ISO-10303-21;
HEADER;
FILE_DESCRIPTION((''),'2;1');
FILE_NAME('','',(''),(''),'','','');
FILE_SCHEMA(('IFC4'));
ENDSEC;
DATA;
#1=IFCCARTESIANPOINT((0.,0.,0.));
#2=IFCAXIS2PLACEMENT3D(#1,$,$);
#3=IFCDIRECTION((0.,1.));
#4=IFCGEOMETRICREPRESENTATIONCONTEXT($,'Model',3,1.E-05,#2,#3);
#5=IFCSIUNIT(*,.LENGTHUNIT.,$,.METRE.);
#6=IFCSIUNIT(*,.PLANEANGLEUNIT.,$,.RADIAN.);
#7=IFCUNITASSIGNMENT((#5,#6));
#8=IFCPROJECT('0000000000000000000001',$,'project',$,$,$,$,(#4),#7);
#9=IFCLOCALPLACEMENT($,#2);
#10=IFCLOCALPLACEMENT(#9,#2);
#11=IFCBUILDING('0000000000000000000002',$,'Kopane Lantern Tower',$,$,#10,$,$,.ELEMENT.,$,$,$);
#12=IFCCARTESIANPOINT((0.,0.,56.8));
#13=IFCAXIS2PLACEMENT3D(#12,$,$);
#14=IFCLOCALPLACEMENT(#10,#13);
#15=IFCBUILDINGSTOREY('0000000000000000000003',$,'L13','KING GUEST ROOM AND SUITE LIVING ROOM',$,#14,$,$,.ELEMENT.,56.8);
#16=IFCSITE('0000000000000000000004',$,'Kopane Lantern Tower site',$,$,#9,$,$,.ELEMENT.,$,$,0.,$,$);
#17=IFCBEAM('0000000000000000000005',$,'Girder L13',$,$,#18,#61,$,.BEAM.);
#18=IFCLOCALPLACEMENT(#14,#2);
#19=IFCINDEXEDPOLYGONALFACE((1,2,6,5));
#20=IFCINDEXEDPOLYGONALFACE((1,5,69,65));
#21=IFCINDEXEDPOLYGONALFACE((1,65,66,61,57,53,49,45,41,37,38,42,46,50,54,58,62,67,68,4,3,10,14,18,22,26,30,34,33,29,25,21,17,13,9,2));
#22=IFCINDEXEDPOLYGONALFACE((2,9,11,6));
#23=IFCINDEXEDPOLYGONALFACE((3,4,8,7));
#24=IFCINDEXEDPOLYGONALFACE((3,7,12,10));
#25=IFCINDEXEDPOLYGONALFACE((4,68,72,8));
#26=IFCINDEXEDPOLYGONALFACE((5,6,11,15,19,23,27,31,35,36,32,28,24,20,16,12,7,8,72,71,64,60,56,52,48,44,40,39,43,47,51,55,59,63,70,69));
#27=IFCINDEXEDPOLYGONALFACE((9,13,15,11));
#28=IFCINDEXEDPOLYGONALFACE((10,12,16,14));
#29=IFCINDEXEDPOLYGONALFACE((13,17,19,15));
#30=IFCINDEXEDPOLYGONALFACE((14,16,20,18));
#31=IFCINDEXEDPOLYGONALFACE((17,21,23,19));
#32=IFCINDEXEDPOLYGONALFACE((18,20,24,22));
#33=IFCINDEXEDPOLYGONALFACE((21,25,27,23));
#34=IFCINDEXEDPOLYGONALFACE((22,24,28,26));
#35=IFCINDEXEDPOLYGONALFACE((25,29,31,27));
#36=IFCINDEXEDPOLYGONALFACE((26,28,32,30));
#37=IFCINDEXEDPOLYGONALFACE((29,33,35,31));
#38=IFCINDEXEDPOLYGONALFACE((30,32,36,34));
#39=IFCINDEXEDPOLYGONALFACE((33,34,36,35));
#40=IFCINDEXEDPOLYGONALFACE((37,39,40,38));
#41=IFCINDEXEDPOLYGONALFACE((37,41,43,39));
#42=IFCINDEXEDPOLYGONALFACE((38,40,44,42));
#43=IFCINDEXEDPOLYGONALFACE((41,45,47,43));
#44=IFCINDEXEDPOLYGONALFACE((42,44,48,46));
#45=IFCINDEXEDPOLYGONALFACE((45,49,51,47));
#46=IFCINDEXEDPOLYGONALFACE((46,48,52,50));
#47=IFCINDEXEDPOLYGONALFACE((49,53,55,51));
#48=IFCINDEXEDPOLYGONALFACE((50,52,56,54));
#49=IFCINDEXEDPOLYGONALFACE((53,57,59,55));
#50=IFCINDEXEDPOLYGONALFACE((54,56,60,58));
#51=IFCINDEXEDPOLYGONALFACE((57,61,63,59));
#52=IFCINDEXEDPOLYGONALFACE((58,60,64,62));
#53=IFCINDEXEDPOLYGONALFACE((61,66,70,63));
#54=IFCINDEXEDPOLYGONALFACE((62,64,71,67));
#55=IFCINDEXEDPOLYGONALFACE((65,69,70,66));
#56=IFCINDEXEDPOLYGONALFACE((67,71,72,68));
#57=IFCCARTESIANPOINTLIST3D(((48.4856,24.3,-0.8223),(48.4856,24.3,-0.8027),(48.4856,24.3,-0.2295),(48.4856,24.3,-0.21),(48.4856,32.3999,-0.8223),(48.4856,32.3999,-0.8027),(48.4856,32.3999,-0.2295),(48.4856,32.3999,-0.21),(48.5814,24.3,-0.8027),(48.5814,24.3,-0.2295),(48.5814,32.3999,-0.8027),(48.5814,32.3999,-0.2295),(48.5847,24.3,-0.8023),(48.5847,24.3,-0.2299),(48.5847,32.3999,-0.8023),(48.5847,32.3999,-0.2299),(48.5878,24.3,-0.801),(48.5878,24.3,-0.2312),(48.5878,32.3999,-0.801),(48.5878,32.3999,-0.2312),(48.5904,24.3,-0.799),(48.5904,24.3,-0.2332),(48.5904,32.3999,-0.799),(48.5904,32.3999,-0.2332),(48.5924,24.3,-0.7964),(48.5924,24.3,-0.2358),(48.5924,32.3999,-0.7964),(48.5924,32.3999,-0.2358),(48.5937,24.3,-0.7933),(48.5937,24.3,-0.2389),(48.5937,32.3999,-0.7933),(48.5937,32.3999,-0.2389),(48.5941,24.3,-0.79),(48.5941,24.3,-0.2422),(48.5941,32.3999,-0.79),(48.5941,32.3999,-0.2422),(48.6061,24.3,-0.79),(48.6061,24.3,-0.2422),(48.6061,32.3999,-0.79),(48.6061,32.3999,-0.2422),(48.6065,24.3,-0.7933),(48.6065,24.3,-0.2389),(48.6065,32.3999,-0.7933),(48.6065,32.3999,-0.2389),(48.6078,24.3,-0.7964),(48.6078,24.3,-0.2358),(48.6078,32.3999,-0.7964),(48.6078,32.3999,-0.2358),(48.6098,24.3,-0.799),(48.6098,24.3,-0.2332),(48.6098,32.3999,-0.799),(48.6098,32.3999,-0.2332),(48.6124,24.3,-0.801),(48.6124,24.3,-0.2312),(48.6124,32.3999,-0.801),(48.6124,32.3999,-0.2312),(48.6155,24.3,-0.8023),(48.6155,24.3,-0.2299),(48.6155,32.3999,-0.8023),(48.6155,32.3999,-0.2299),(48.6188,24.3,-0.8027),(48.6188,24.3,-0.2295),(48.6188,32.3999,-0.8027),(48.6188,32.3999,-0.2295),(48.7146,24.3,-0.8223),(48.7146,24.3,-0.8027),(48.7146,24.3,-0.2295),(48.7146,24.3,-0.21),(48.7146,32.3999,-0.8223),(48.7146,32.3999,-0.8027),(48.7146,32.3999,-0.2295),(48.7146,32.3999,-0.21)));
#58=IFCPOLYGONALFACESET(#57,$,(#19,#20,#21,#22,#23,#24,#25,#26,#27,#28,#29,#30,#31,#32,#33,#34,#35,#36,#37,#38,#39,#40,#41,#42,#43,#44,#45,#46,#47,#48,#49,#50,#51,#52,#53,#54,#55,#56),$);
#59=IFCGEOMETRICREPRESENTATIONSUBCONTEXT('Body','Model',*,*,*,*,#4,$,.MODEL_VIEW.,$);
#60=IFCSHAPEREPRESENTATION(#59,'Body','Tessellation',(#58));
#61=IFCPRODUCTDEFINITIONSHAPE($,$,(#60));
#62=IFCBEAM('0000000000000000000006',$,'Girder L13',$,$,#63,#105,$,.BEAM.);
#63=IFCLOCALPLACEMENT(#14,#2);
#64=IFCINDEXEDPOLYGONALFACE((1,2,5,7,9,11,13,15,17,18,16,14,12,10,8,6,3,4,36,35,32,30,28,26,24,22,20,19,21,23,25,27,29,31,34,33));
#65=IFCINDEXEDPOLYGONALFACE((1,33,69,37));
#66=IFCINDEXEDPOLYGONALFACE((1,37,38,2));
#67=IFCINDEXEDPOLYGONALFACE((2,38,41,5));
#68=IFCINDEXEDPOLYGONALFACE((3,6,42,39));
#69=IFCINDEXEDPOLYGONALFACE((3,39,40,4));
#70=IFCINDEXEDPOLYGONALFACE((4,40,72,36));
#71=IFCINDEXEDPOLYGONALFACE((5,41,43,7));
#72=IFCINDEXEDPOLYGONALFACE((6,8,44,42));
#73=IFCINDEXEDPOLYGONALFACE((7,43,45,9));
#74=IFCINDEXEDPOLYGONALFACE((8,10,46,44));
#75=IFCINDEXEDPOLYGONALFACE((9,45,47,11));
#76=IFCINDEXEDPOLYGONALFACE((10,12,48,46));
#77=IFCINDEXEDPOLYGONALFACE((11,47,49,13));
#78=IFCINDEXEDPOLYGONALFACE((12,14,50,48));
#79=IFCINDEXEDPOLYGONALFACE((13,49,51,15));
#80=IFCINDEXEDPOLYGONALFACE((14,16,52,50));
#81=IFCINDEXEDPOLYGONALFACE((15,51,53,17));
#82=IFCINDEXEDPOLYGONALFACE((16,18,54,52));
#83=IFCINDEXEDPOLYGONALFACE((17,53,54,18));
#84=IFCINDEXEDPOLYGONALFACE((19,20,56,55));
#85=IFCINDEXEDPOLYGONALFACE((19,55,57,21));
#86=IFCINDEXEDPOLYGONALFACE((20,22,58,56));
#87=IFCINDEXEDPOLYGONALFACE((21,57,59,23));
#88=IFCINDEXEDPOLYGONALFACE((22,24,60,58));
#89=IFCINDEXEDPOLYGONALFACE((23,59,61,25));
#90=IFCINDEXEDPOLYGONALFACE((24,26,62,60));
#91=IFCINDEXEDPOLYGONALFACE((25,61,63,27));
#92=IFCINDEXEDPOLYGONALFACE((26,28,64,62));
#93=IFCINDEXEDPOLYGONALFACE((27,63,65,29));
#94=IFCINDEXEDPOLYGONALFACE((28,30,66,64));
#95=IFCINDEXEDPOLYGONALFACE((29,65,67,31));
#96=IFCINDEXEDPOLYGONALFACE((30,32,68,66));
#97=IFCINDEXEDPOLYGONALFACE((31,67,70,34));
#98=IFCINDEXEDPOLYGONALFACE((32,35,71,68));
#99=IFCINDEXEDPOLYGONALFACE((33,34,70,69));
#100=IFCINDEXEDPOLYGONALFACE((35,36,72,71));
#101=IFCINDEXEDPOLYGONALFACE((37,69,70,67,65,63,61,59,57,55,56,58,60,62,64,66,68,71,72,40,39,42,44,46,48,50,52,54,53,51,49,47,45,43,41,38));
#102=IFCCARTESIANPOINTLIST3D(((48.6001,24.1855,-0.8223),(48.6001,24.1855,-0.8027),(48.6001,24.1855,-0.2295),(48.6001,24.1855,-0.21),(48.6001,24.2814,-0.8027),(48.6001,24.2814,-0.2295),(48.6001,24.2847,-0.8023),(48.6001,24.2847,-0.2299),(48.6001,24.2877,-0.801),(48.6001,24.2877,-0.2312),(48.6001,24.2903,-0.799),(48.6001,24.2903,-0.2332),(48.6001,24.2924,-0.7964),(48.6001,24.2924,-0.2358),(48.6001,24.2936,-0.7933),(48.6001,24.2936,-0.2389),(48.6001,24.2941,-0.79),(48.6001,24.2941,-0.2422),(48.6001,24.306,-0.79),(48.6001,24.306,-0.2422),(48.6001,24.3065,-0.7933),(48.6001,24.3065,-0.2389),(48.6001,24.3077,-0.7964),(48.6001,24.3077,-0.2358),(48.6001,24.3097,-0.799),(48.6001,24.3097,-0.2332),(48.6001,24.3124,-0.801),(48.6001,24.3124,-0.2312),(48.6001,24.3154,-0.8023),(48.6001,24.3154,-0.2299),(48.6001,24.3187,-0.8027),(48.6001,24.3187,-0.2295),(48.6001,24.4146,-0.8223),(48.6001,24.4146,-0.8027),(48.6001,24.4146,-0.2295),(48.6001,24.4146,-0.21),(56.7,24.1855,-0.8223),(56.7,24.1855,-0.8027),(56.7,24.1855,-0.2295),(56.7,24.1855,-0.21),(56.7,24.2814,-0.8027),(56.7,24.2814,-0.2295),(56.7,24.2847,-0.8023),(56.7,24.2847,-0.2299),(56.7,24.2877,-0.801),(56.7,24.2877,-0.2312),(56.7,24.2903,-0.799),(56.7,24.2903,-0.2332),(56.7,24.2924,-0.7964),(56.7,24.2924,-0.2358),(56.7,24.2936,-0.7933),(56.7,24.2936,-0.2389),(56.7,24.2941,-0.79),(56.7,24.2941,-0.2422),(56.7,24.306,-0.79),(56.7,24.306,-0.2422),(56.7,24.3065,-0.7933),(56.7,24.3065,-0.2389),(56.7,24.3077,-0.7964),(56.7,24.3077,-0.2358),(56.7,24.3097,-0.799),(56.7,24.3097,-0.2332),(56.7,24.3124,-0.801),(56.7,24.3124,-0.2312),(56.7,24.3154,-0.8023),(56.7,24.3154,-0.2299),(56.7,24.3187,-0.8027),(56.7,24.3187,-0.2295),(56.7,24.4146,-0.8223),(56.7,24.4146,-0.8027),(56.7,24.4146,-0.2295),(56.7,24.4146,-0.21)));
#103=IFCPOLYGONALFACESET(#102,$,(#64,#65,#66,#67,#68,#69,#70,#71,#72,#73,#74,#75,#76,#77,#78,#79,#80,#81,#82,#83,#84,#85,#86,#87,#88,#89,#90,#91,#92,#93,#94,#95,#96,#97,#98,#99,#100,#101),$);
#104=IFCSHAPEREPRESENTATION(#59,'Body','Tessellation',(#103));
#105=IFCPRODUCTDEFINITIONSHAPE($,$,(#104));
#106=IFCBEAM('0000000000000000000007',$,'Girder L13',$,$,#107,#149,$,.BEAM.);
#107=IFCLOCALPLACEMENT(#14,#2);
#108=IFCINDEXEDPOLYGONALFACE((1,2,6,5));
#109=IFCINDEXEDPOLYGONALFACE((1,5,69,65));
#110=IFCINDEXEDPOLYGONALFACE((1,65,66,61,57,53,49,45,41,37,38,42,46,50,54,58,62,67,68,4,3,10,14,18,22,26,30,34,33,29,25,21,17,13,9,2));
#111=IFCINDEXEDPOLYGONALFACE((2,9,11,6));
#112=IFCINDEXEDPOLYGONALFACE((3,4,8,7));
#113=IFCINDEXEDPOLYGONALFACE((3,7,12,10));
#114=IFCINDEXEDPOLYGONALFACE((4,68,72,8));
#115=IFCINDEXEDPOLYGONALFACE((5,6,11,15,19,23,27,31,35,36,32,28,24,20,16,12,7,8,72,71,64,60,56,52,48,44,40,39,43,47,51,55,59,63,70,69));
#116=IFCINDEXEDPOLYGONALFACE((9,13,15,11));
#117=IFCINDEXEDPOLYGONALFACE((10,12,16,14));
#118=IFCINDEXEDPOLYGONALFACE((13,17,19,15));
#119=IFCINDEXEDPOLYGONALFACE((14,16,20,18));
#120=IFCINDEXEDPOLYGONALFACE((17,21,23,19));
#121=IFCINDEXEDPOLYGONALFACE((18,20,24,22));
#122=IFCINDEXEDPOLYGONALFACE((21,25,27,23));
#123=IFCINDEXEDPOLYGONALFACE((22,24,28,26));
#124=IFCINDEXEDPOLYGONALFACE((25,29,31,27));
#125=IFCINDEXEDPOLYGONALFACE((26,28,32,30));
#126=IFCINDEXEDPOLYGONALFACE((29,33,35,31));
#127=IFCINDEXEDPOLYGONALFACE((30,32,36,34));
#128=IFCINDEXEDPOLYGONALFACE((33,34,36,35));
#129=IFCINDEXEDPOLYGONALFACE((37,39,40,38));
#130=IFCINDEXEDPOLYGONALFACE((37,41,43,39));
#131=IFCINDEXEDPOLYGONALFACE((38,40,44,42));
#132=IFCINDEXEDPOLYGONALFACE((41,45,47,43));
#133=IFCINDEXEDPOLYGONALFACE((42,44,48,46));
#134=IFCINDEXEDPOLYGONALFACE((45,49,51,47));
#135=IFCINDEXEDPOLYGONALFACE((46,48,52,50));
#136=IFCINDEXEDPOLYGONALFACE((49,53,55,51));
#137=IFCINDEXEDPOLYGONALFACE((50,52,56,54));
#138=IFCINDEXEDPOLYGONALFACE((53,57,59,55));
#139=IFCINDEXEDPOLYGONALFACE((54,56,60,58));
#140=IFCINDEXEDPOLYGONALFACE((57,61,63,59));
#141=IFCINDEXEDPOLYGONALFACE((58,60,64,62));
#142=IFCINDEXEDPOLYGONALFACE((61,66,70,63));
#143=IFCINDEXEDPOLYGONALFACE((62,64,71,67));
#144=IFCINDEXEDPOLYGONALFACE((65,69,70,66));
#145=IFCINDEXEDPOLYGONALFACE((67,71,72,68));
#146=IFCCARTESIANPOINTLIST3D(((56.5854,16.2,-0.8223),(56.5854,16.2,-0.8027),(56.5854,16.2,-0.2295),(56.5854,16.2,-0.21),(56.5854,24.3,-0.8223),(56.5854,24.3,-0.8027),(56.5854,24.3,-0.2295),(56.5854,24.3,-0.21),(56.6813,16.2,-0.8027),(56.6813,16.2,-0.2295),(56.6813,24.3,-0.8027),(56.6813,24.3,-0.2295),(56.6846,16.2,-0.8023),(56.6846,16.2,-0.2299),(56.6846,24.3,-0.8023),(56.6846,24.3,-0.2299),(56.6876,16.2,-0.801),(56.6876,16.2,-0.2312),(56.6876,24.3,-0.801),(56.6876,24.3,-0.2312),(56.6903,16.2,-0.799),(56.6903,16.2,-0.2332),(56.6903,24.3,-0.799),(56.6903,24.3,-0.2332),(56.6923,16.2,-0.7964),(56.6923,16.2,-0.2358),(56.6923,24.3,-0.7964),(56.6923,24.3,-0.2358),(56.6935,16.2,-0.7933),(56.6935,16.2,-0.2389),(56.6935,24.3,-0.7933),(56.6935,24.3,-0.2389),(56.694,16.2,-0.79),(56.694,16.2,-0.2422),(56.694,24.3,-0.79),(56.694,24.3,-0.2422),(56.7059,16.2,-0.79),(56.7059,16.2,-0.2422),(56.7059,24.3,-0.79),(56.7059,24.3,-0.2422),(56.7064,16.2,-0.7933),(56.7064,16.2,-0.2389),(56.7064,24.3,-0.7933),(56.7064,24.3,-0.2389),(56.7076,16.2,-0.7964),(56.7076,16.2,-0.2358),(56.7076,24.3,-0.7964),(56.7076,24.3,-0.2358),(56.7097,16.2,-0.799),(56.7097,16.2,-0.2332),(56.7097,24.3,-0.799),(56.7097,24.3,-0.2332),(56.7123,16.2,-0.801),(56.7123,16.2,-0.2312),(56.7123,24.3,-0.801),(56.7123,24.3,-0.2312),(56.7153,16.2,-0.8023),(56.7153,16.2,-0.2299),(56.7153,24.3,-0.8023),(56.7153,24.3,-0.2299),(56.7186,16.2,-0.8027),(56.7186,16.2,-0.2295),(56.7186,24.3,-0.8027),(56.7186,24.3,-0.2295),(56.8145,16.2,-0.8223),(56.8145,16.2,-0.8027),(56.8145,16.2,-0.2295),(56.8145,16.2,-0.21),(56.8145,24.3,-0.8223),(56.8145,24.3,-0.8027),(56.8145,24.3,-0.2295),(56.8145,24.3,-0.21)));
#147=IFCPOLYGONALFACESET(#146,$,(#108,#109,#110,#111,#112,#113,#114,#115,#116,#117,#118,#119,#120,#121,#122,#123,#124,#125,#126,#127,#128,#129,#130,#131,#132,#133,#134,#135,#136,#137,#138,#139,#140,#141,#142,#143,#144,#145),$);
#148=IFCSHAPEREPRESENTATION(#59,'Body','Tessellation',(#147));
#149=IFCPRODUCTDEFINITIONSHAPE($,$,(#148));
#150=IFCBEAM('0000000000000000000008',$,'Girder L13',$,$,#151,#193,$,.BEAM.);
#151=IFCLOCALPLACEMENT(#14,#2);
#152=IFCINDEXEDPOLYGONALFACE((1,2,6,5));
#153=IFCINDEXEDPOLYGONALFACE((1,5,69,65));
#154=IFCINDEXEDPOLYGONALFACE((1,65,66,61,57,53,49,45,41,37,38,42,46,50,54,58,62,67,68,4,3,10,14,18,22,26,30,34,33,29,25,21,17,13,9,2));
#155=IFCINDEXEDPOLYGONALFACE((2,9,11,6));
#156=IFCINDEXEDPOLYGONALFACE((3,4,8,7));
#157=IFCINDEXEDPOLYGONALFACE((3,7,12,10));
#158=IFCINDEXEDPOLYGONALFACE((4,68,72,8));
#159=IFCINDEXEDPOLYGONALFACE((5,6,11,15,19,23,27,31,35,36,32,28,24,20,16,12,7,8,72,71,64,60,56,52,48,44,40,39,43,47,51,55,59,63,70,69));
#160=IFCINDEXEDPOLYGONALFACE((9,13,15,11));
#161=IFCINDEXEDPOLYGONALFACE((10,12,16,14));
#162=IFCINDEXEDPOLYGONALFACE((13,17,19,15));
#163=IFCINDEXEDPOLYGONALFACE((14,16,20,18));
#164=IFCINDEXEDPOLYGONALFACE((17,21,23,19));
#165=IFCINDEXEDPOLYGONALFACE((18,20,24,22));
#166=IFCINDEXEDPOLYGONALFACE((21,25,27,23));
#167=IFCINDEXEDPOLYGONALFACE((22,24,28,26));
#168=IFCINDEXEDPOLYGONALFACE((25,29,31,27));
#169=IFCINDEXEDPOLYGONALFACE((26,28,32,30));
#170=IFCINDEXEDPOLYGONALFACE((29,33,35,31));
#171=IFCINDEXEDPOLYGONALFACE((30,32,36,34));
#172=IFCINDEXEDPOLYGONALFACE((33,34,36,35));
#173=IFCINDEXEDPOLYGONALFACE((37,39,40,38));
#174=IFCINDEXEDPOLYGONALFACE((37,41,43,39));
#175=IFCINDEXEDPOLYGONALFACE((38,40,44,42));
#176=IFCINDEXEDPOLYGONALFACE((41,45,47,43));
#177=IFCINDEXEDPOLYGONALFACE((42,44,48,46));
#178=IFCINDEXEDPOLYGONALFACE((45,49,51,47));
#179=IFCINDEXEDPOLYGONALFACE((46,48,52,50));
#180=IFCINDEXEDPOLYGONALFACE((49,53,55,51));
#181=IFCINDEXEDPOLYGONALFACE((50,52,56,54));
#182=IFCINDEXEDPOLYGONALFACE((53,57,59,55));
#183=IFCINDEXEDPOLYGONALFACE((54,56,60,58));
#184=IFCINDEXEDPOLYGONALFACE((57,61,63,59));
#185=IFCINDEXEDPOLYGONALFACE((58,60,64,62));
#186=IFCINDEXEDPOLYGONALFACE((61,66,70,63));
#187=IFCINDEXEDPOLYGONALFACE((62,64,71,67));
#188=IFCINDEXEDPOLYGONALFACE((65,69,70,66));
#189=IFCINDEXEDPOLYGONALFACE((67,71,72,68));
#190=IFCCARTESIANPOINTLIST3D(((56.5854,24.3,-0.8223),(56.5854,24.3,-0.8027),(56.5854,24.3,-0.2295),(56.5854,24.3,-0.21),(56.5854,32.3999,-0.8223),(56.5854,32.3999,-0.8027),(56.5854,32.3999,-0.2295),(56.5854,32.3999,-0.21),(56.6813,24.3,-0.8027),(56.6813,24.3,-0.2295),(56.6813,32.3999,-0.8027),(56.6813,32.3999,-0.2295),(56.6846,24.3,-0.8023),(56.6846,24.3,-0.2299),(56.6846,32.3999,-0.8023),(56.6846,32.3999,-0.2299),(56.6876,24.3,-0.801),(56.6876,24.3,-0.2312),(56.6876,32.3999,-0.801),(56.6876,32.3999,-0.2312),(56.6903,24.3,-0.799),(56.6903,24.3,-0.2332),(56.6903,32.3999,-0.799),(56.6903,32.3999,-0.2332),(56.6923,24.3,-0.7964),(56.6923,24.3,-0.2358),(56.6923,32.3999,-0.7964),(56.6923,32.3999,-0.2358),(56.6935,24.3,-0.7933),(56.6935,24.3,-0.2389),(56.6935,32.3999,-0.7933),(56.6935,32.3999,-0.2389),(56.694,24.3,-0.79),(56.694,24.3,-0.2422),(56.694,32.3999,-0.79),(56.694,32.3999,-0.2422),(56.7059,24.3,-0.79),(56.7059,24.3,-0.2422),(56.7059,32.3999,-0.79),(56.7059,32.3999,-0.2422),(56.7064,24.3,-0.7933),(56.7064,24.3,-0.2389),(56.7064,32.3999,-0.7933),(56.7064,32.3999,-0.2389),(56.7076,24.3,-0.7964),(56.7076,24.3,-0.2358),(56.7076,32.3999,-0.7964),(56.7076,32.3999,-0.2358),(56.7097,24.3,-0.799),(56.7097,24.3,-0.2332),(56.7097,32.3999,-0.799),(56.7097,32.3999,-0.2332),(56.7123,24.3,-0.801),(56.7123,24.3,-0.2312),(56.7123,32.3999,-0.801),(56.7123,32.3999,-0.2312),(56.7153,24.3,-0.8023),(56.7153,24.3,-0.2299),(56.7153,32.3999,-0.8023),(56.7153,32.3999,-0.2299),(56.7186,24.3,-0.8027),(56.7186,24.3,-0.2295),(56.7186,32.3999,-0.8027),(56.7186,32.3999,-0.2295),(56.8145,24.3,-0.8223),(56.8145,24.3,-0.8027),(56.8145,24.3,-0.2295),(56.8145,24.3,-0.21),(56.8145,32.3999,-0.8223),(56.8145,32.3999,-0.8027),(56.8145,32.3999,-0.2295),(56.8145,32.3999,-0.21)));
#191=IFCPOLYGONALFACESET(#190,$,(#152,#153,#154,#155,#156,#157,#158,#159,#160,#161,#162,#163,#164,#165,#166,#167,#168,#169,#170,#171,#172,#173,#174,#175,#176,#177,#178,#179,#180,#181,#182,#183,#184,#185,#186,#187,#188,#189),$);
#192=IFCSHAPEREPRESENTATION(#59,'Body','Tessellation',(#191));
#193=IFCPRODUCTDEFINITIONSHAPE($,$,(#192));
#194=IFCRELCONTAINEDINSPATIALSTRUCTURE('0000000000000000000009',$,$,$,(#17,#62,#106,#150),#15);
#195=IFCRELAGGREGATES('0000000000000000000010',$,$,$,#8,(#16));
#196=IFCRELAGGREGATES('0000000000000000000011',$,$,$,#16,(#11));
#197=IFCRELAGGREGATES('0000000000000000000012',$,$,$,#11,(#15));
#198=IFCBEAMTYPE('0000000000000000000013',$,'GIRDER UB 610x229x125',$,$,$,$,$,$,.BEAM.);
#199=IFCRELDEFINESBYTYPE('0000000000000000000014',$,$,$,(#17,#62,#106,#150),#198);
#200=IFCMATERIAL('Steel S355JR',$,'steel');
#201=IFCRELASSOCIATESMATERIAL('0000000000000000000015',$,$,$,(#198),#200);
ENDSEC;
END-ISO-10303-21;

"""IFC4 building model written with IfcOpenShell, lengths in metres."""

from ifc_helpers import new_model, si_unit, direction, frame, origin, origin_2d, place, context, subcontext, project, spatial, i_section, extrude, material, material_profile, profile_set, type_object, element, save


model = new_model("IFC4")

# Units and contexts
model_context = context("Model", 3, precision=1e-05, world=origin(), true_north=direction((0.0, 1.0)))
body_context = subcontext(model_context, "Body", "Model", "MODEL_VIEW")
ifc_project = project(units=[si_unit("LENGTHUNIT", "METRE"), si_unit("PLANEANGLEUNIT", "RADIAN")], contexts=[model_context])

# Site, building, storey
site_placement = place(None, origin())
site = spatial("IfcSite", under=ifc_project, at=site_placement, Name="Kopane Lantern Tower site", CompositionType="ELEMENT", RefElevation=0.0)
building_placement = place(site_placement, origin())
building = spatial("IfcBuilding", under=site, at=building_placement, Name="Kopane Lantern Tower", CompositionType="ELEMENT")
storey_placement = place(building_placement, frame((0.0, 0.0, 56.8)))
storey = spatial("IfcBuildingStorey", under=building, at=storey_placement, Name="L13", Description="KING GUEST ROOM AND SUITE LIVING ROOM", CompositionType="ELEMENT", Elevation=56.8)

# Beams
ifc_material_1 = material(Name="Steel S355JR", Category="steel")
ifc_material_profile_1 = material_profile(ifc_material_1, i_section(OverallWidth=0.229, OverallDepth=0.6123, WebThickness=0.012, FlangeThickness=0.0195, FilletRadius=0.0127, at=origin_2d()), Name="UB 610x229x125")
ifc_profile_set_1 = profile_set([ifc_material_profile_1], Name="Steel S355JR")
beam_type = type_object("IfcBeamType", Name="GIRDER UB 610x229x125", PredefinedType="BEAM", material=ifc_profile_set_1)
for number, where, z_axis, x_axis, name in (
    (1, (48.6001, 24.3, -0.5161), (0.0, 1.0, 0.0), (-1.0, 0.0, 0.0), "Girder L13"),
    (2, (48.6001, 24.3, -0.5161), (1.0, 0.0, 0.0), (0.0, 1.0, 0.0), "Girder L13"),
):
    element("IfcBeam", number, at=place(storey_placement, frame(where, z_axis=z_axis, x_axis=x_axis)), inside=storey, type_object=beam_type, Name=name, PredefinedType="BEAM", context=body_context, shape_type="SweptSolid", body=[
        extrude(i_section(OverallWidth=0.229, OverallDepth=0.6123, WebThickness=0.012, FlangeThickness=0.0195, FilletRadius=0.0127, at=origin_2d()), origin(), (0.0, 0.0, 1.0), 8.0999),
    ])
beam_1_placement = place(storey_placement, frame((56.7, 16.2, -0.5161), z_axis=(0.0, 1.0, 0.0), x_axis=(-1.0, 0.0, 0.0)))
element("IfcBeam", 3, at=beam_1_placement, inside=storey, type_object=beam_type, Name="Girder L13", PredefinedType="BEAM", context=body_context, shape_type="SweptSolid", body=[
    extrude(i_section(OverallWidth=0.229, OverallDepth=0.6123, WebThickness=0.012, FlangeThickness=0.0195, FilletRadius=0.0127, at=origin_2d()), origin(), (0.0, 0.0, 1.0), 8.1001),
])
beam_2_placement = place(storey_placement, frame((56.7, 24.3, -0.5161), z_axis=(0.0, 1.0, 0.0), x_axis=(-1.0, 0.0, 0.0)))
element("IfcBeam", 4, at=beam_2_placement, inside=storey, type_object=beam_type, Name="Girder L13", PredefinedType="BEAM", context=body_context, shape_type="SweptSolid", body=[
    extrude(i_section(OverallWidth=0.229, OverallDepth=0.6123, WebThickness=0.012, FlangeThickness=0.0195, FilletRadius=0.0127, at=origin_2d()), origin(), (0.0, 0.0, 1.0), 8.0999),
])

save(model, "model.ifc")
